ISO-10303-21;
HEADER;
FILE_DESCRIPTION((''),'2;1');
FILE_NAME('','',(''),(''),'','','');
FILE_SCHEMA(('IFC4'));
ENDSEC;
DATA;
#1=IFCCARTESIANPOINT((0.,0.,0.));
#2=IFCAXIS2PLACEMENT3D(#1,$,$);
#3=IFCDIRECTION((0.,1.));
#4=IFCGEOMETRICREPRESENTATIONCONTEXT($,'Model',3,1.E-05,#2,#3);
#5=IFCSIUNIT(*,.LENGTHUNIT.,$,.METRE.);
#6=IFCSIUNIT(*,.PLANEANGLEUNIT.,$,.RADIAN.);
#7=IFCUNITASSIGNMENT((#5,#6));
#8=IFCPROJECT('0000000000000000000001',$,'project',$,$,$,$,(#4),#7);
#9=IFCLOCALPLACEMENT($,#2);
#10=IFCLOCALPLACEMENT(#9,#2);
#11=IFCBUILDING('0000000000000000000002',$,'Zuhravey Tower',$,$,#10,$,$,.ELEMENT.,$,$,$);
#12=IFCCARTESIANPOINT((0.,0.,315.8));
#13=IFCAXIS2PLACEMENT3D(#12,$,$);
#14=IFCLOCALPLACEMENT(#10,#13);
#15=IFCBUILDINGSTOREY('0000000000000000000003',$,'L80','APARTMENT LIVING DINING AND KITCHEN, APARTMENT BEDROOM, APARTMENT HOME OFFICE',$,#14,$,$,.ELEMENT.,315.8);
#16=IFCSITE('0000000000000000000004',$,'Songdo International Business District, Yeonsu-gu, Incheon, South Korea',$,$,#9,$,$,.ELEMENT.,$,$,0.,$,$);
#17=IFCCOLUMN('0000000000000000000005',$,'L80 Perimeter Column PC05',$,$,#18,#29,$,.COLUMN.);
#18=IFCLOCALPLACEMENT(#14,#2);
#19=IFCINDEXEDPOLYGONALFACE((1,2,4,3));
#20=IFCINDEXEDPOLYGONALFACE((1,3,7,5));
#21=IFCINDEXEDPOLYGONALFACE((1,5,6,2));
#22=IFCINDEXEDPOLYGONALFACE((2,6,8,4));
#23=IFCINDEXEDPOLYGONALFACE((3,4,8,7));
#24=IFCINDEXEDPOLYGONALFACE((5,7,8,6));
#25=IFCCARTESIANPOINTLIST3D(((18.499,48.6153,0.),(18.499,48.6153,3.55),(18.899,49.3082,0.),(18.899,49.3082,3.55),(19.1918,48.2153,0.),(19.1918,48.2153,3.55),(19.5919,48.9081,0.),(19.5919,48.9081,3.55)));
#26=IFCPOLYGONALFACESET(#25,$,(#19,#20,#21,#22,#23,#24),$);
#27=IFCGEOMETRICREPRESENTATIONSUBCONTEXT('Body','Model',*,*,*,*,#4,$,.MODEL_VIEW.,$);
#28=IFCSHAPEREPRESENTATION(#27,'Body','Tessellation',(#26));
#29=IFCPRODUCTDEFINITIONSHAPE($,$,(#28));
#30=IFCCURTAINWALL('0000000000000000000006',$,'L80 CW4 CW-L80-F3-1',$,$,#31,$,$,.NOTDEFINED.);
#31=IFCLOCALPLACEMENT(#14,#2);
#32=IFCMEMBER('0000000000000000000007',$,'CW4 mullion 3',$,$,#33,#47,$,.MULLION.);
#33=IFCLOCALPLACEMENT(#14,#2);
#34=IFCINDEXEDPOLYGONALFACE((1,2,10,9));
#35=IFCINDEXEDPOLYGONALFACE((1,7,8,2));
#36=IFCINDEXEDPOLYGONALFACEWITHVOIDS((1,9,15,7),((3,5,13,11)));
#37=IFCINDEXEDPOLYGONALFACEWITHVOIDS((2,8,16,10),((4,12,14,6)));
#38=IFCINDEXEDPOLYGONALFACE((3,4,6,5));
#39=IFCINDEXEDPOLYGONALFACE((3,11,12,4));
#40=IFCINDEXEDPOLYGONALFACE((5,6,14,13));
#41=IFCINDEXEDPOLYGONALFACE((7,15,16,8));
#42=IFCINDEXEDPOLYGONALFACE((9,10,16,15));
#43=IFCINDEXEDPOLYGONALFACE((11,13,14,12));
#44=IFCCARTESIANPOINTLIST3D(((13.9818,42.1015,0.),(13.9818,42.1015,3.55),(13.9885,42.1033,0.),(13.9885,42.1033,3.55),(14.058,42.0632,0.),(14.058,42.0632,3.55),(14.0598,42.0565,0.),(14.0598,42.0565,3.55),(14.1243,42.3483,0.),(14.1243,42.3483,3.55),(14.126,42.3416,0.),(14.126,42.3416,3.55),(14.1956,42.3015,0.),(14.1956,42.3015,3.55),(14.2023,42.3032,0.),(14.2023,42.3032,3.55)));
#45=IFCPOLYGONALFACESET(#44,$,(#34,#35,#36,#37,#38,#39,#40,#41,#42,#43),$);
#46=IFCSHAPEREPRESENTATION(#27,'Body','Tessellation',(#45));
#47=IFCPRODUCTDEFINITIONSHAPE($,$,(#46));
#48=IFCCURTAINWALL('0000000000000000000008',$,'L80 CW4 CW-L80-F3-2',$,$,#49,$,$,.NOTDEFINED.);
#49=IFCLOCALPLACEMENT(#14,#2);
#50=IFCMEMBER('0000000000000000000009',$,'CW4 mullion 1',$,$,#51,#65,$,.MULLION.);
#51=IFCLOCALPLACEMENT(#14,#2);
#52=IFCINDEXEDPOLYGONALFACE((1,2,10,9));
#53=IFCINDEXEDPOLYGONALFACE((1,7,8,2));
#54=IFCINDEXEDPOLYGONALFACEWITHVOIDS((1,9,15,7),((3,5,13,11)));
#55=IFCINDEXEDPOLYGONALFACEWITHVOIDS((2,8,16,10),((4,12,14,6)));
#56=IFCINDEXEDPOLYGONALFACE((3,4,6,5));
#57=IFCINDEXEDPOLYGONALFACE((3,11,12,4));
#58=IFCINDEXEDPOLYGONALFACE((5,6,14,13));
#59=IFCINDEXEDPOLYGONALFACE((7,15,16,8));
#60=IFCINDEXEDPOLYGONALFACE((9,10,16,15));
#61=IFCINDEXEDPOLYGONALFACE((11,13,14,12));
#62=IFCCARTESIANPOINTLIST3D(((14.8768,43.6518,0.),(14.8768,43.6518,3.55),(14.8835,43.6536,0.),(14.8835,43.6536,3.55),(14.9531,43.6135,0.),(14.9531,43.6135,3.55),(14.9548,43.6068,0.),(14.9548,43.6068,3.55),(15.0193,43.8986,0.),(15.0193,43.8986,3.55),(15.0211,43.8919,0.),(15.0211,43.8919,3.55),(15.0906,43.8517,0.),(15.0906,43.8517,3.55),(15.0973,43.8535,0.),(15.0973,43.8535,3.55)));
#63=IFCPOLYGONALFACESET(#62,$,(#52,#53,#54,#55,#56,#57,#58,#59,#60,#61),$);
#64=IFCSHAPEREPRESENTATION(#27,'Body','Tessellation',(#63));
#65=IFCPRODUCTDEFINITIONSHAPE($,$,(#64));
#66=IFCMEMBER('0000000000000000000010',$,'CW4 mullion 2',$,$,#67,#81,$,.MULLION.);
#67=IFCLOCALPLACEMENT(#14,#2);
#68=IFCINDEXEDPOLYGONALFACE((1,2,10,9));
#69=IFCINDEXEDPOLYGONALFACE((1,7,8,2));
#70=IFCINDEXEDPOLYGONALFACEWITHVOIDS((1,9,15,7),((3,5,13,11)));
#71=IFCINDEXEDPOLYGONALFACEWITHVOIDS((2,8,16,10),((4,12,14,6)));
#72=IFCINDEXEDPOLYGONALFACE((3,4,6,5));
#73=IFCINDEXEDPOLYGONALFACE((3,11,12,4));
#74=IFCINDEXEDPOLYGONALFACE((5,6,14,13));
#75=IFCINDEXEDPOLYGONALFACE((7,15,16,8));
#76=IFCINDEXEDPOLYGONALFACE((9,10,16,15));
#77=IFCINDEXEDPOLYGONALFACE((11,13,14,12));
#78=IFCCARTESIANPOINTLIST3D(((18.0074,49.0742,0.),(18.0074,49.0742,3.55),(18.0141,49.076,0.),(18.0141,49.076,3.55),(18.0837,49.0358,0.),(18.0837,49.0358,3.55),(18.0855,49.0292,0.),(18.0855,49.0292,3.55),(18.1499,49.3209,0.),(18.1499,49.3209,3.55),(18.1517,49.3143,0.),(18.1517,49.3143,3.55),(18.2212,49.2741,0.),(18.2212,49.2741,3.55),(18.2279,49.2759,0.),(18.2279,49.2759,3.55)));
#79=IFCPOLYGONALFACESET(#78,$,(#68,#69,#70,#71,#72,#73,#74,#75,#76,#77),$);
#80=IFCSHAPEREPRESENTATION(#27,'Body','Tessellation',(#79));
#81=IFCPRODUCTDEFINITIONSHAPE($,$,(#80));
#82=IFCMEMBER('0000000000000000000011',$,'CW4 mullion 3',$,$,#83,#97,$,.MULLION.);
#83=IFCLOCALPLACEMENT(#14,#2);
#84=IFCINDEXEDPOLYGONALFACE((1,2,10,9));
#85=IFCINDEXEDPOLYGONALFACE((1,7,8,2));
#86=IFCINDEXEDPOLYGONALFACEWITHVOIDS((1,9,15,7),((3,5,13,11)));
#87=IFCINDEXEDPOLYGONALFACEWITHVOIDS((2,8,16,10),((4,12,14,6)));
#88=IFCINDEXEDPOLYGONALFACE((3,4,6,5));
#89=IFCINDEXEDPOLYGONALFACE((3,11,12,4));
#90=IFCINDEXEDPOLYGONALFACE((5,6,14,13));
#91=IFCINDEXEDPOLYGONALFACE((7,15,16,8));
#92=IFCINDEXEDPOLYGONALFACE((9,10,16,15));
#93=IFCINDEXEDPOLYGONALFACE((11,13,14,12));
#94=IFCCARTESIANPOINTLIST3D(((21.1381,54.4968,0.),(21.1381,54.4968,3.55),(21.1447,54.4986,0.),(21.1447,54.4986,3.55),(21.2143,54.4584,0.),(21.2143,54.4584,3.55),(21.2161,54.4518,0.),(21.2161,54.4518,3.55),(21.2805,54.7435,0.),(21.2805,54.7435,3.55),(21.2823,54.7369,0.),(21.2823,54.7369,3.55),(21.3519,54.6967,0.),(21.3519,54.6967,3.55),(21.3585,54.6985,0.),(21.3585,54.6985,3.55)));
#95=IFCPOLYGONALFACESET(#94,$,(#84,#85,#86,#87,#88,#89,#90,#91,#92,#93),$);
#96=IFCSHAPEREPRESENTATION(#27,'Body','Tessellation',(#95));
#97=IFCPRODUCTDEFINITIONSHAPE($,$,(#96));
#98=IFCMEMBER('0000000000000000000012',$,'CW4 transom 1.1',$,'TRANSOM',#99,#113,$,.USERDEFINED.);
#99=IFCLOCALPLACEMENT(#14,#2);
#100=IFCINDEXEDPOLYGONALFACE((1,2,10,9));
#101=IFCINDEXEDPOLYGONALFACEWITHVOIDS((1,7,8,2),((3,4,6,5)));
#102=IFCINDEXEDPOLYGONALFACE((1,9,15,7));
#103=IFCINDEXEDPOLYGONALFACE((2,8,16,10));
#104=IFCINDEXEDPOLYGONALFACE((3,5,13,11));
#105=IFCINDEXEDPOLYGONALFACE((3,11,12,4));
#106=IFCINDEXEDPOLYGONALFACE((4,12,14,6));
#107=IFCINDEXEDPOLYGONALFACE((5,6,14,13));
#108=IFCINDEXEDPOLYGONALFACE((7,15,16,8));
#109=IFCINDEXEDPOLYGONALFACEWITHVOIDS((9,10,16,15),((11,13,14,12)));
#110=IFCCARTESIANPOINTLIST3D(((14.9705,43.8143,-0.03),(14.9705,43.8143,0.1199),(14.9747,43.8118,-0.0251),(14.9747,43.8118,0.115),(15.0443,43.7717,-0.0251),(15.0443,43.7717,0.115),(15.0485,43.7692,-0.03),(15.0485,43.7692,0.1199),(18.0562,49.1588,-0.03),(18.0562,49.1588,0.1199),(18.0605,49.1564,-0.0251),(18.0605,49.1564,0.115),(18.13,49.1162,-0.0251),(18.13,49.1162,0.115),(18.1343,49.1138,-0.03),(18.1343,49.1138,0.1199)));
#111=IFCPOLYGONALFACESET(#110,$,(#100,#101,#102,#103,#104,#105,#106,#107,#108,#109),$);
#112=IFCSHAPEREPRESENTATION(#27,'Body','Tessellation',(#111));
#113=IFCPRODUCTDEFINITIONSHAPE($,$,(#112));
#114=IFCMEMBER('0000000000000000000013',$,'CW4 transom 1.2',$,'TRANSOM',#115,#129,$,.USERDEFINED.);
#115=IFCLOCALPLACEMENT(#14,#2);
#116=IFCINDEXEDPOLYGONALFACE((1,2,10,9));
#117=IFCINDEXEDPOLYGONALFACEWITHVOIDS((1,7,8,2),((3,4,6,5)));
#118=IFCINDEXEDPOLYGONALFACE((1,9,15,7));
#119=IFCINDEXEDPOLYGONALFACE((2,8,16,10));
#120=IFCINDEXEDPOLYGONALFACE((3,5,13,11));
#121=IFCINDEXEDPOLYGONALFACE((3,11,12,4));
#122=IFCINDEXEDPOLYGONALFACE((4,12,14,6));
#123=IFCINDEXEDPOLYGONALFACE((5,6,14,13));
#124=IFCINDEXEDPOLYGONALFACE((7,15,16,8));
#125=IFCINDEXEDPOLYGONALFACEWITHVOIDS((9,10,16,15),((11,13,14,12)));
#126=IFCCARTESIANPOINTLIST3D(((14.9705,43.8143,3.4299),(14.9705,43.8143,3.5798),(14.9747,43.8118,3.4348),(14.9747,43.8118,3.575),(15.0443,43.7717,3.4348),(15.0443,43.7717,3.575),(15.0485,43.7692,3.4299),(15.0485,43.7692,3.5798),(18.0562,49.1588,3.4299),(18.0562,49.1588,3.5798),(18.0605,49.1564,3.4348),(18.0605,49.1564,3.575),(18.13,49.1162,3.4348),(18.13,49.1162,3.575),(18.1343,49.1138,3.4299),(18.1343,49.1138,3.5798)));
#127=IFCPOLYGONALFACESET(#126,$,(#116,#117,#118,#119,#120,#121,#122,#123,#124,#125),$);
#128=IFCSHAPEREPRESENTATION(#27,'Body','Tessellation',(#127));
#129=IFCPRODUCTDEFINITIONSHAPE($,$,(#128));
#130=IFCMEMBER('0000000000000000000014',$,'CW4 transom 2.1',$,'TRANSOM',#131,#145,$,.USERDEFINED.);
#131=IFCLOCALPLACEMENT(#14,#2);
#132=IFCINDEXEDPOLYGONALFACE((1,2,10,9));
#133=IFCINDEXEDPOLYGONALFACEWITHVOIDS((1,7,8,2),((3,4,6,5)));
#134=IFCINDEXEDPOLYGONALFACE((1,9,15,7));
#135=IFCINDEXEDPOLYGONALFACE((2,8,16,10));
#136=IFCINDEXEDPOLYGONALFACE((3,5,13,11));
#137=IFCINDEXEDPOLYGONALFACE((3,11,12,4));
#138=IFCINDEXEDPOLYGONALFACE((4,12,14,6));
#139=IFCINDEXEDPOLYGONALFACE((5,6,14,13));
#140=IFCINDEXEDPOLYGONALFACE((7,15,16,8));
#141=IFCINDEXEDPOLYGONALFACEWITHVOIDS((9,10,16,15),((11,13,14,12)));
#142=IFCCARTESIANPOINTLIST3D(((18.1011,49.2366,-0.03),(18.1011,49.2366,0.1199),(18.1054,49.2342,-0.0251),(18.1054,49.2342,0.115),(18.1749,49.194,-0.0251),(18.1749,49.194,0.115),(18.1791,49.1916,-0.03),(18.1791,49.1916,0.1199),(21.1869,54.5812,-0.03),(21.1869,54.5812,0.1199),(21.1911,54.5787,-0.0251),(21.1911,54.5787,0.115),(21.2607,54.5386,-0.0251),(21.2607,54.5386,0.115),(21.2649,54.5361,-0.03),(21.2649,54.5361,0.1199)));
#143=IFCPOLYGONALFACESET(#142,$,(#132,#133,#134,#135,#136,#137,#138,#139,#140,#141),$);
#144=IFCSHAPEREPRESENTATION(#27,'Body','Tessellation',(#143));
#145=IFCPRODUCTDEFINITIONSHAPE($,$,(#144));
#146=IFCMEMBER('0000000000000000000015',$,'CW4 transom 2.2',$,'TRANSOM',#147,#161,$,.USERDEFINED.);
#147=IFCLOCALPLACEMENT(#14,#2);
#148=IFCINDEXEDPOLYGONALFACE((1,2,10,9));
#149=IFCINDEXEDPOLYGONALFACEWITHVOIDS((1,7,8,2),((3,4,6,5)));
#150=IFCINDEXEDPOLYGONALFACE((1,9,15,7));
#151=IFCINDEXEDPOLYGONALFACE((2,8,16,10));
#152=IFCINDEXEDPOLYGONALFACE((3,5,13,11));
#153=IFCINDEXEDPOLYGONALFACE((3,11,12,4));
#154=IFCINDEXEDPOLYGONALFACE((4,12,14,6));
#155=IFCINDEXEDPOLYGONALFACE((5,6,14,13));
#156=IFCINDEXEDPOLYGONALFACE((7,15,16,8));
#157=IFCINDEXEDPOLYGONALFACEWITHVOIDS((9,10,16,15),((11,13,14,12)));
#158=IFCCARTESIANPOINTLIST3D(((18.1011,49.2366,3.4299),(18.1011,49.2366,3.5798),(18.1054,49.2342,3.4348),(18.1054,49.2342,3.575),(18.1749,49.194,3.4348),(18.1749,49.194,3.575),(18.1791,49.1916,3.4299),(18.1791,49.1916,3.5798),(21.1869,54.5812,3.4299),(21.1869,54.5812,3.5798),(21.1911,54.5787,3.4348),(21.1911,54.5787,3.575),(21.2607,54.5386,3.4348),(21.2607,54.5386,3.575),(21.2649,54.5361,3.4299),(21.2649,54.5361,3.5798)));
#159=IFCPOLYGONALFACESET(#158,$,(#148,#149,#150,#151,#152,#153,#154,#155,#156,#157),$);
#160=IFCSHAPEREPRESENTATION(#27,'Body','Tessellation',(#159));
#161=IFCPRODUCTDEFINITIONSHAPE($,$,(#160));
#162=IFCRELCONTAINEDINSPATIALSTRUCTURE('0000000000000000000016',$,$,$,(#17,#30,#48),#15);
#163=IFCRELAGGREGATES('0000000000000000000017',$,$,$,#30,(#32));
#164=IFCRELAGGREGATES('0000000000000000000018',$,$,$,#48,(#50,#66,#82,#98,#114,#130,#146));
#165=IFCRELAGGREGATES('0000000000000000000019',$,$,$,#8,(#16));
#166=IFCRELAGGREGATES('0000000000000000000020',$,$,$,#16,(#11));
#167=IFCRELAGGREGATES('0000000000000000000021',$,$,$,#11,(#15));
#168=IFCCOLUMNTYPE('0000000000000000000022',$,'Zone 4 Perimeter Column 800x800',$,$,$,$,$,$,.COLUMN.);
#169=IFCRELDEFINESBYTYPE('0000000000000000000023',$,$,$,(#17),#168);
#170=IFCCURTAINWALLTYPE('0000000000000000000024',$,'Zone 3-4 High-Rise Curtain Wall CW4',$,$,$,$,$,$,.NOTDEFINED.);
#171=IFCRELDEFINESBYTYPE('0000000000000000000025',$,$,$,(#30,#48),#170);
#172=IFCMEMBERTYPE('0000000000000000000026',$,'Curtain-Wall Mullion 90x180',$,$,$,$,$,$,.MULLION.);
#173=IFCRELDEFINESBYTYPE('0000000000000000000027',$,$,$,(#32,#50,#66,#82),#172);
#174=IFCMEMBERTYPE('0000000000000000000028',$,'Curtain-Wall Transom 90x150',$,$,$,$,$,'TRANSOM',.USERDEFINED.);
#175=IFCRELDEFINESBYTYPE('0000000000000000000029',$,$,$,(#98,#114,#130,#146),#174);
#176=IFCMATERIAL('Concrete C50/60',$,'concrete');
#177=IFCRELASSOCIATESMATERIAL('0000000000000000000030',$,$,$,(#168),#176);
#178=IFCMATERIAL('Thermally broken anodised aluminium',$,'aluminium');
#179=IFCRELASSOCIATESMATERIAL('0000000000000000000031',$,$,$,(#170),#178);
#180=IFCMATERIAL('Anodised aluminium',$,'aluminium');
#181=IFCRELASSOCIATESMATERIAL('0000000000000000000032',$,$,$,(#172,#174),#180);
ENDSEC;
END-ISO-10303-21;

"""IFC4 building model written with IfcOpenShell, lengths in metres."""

from ifc_helpers import new_model, si_unit, direction, frame, origin, origin_2d, place, context, subcontext, project, spatial, rectangle, hollow_rectangle, extrude, material, material_profile, profile_set, type_object, element, aggregate, save


model = new_model("IFC4")

# Units and contexts
model_context = context("Model", 3, precision=1e-05, world=origin(), true_north=direction((0.0, 1.0)))
body_context = subcontext(model_context, "Body", "Model", "MODEL_VIEW")
ifc_project = project(units=[si_unit("LENGTHUNIT", "METRE"), si_unit("PLANEANGLEUNIT", "RADIAN")], contexts=[model_context])

# Site, building, storey
site_placement = place(None, origin())
site = spatial("IfcSite", under=ifc_project, at=site_placement, Name="Songdo International Business District, Yeonsu-gu, Incheon, South Korea", CompositionType="ELEMENT", RefElevation=0.0)
building_placement = place(site_placement, origin())
building = spatial("IfcBuilding", under=site, at=building_placement, Name="Zuhravey Tower", CompositionType="ELEMENT")
storey_placement = place(building_placement, frame((0.0, 0.0, 315.8)))
storey = spatial("IfcBuildingStorey", under=building, at=storey_placement, Name="L80", Description="APARTMENT LIVING DINING AND KITCHEN, APARTMENT BEDROOM, APARTMENT HOME OFFICE", CompositionType="ELEMENT", Elevation=315.8)

# Column
ifc_material_1 = material(Name="Concrete C50/60", Category="concrete")
ifc_material_profile_1 = material_profile(ifc_material_1, rectangle(XDim=0.8, YDim=0.8, at=origin_2d()), Name="RC-800x800")
ifc_profile_set_1 = profile_set([ifc_material_profile_1], Name="Concrete C50/60")
column_type = type_object("IfcColumnType", Name="Zone 4 Perimeter Column 800x800", PredefinedType="COLUMN", material=ifc_profile_set_1)
column_placement = place(storey_placement, frame((19.0454, 48.7617, 0.0), z_axis=(0.0, 0.0, 1.0), x_axis=(-0.5, -0.866025, 0.0)))
element("IfcColumn", 1, at=column_placement, inside=storey, type_object=column_type, Name="L80 Perimeter Column PC05", PredefinedType="COLUMN", context=body_context, shape_type="SweptSolid", body=[
    extrude(rectangle(XDim=0.8, YDim=0.8, at=origin_2d()), origin(), (0.0, 0.0, 1.0), 3.55),
])

# Curtain wall, member
ifc_material_2 = material(Name="Thermally broken anodised aluminium", Category="aluminium")
curtain_wall_type = type_object("IfcCurtainWallType", Name="Zone 3-4 High-Rise Curtain Wall CW4", PredefinedType="NOTDEFINED", material=ifc_material_2)
curtain_wall_1_placement = place(storey_placement, origin())
curtain_wall_1 = element("IfcCurtainWall", 2, at=curtain_wall_1_placement, inside=storey, type_object=curtain_wall_type, Name="L80 CW4 CW-L80-F3-1", PredefinedType="NOTDEFINED")
ifc_material_3 = material(Name="Anodised aluminium", Category="aluminium")
ifc_material_profile_2 = material_profile(ifc_material_3, hollow_rectangle(XDim=0.0901, YDim=0.2849, WallThickness=0.0049, at=origin_2d()), Name="ALU-RHS-90x285x5")
ifc_profile_set_2 = profile_set([ifc_material_profile_2], Name="Anodised aluminium")
member_type_1 = type_object("IfcMemberType", Name="Curtain-Wall Mullion 90x180", PredefinedType="MULLION", material=ifc_profile_set_2)
member_1_placement = place(storey_placement, frame((14.092, 42.2024, 0.0), z_axis=(0.0, 0.0, 1.0), x_axis=(-0.866027, 0.499997, 0.0)))
member_1 = element("IfcMember", 3, at=member_1_placement, type_object=member_type_1, Name="CW4 mullion 3", PredefinedType="MULLION", context=body_context, shape_type="SweptSolid", body=[
    extrude(hollow_rectangle(XDim=0.0901, YDim=0.2849, WallThickness=0.0049, at=origin_2d()), origin(), (0.0, 0.0, 1.0), 3.55),
])

# Curtain wall, members
curtain_wall_2_placement = place(storey_placement, origin())
curtain_wall_2 = element("IfcCurtainWall", 4, at=curtain_wall_2_placement, inside=storey, type_object=curtain_wall_type, Name="L80 CW4 CW-L80-F3-2", PredefinedType="NOTDEFINED")
member_2_placement = place(storey_placement, frame((14.9871, 43.7527, 0.0), z_axis=(0.0, 0.0, 1.0), x_axis=(-0.866023, 0.500004, 0.0)))
member_2 = element("IfcMember", 5, at=member_2_placement, type_object=member_type_1, Name="CW4 mullion 1", PredefinedType="MULLION", context=body_context, shape_type="SweptSolid", body=[
    extrude(hollow_rectangle(XDim=0.0901, YDim=0.2849, WallThickness=0.0049, at=origin_2d()), origin(), (0.0, 0.0, 1.0), 3.55),
])
member_3_placement = place(storey_placement, frame((18.1177, 49.175, 0.0), z_axis=(0.0, 0.0, 1.0), x_axis=(-0.866023, 0.500004, 0.0)))
member_3 = element("IfcMember", 6, at=member_3_placement, type_object=member_type_1, Name="CW4 mullion 2", PredefinedType="MULLION", context=body_context, shape_type="SweptSolid", body=[
    extrude(hollow_rectangle(XDim=0.0901, YDim=0.2849, WallThickness=0.0049, at=origin_2d()), origin(), (0.0, 0.0, 1.0), 3.55),
])
member_4_placement = place(storey_placement, frame((21.2483, 54.5977, 0.0), z_axis=(0.0, 0.0, 1.0), x_axis=(-0.866023, 0.500004, 0.0)))
member_4 = element("IfcMember", 7, at=member_4_placement, type_object=member_type_1, Name="CW4 mullion 3", PredefinedType="MULLION", context=body_context, shape_type="SweptSolid", body=[
    extrude(hollow_rectangle(XDim=0.0901, YDim=0.2849, WallThickness=0.0049, at=origin_2d()), origin(), (0.0, 0.0, 1.0), 3.55),
])
ifc_material_profile_3 = material_profile(ifc_material_3, hollow_rectangle(XDim=0.0901, YDim=0.1499, WallThickness=0.0049, at=origin_2d()), Name="ALU-RHS-90x150x5")
ifc_profile_set_3 = profile_set([ifc_material_profile_3], Name="Anodised aluminium")
member_type_2 = type_object("IfcMemberType", Name="Curtain-Wall Transom 90x150", ElementType="TRANSOM", PredefinedType="USERDEFINED", material=ifc_profile_set_3)
member_5_placement = place(storey_placement, frame((15.0095, 43.7917, 0.0449), z_axis=(0.500007, 0.866022, 0.0), x_axis=(-0.866022, 0.500007, 0.0)))
member_5 = element("IfcMember", 8, at=member_5_placement, type_object=member_type_2, Name="CW4 transom 1.1", ObjectType="TRANSOM", PredefinedType="USERDEFINED", context=body_context, shape_type="SweptSolid", body=[
    extrude(hollow_rectangle(XDim=0.0901, YDim=0.1499, WallThickness=0.0049, at=origin_2d()), origin(), (0.0, 0.0, 1.0), 6.1714),
])
member_6_placement = place(storey_placement, frame((15.0095, 43.7917, 3.5049), z_axis=(0.500007, 0.866022, 0.0), x_axis=(-0.866022, 0.500007, 0.0)))
member_6 = element("IfcMember", 9, at=member_6_placement, type_object=member_type_2, Name="CW4 transom 1.2", ObjectType="TRANSOM", PredefinedType="USERDEFINED", context=body_context, shape_type="SweptSolid", body=[
    extrude(hollow_rectangle(XDim=0.0901, YDim=0.1499, WallThickness=0.0049, at=origin_2d()), origin(), (0.0, 0.0, 1.0), 6.1714),
])
member_7_placement = place(storey_placement, frame((18.1401, 49.2141, 0.0449), z_axis=(0.500007, 0.866022, 0.0), x_axis=(-0.866022, 0.500007, 0.0)))
member_7 = element("IfcMember", 10, at=member_7_placement, type_object=member_type_2, Name="CW4 transom 2.1", ObjectType="TRANSOM", PredefinedType="USERDEFINED", context=body_context, shape_type="SweptSolid", body=[
    extrude(hollow_rectangle(XDim=0.0901, YDim=0.1499, WallThickness=0.0049, at=origin_2d()), origin(), (0.0, 0.0, 1.0), 6.1714),
])
member_8_placement = place(storey_placement, frame((18.1401, 49.2141, 3.5049), z_axis=(0.500007, 0.866022, 0.0), x_axis=(-0.866022, 0.500007, 0.0)))
member_8 = element("IfcMember", 11, at=member_8_placement, type_object=member_type_2, Name="CW4 transom 2.2", ObjectType="TRANSOM", PredefinedType="USERDEFINED", context=body_context, shape_type="SweptSolid", body=[
    extrude(hollow_rectangle(XDim=0.0901, YDim=0.1499, WallThickness=0.0049, at=origin_2d()), origin(), (0.0, 0.0, 1.0), 6.1714),
])

aggregate(curtain_wall_1, [member_1])
aggregate(curtain_wall_2, [member_2, member_3, member_4, member_5, member_6, member_7, member_8])

save(model, "model.ifc")
